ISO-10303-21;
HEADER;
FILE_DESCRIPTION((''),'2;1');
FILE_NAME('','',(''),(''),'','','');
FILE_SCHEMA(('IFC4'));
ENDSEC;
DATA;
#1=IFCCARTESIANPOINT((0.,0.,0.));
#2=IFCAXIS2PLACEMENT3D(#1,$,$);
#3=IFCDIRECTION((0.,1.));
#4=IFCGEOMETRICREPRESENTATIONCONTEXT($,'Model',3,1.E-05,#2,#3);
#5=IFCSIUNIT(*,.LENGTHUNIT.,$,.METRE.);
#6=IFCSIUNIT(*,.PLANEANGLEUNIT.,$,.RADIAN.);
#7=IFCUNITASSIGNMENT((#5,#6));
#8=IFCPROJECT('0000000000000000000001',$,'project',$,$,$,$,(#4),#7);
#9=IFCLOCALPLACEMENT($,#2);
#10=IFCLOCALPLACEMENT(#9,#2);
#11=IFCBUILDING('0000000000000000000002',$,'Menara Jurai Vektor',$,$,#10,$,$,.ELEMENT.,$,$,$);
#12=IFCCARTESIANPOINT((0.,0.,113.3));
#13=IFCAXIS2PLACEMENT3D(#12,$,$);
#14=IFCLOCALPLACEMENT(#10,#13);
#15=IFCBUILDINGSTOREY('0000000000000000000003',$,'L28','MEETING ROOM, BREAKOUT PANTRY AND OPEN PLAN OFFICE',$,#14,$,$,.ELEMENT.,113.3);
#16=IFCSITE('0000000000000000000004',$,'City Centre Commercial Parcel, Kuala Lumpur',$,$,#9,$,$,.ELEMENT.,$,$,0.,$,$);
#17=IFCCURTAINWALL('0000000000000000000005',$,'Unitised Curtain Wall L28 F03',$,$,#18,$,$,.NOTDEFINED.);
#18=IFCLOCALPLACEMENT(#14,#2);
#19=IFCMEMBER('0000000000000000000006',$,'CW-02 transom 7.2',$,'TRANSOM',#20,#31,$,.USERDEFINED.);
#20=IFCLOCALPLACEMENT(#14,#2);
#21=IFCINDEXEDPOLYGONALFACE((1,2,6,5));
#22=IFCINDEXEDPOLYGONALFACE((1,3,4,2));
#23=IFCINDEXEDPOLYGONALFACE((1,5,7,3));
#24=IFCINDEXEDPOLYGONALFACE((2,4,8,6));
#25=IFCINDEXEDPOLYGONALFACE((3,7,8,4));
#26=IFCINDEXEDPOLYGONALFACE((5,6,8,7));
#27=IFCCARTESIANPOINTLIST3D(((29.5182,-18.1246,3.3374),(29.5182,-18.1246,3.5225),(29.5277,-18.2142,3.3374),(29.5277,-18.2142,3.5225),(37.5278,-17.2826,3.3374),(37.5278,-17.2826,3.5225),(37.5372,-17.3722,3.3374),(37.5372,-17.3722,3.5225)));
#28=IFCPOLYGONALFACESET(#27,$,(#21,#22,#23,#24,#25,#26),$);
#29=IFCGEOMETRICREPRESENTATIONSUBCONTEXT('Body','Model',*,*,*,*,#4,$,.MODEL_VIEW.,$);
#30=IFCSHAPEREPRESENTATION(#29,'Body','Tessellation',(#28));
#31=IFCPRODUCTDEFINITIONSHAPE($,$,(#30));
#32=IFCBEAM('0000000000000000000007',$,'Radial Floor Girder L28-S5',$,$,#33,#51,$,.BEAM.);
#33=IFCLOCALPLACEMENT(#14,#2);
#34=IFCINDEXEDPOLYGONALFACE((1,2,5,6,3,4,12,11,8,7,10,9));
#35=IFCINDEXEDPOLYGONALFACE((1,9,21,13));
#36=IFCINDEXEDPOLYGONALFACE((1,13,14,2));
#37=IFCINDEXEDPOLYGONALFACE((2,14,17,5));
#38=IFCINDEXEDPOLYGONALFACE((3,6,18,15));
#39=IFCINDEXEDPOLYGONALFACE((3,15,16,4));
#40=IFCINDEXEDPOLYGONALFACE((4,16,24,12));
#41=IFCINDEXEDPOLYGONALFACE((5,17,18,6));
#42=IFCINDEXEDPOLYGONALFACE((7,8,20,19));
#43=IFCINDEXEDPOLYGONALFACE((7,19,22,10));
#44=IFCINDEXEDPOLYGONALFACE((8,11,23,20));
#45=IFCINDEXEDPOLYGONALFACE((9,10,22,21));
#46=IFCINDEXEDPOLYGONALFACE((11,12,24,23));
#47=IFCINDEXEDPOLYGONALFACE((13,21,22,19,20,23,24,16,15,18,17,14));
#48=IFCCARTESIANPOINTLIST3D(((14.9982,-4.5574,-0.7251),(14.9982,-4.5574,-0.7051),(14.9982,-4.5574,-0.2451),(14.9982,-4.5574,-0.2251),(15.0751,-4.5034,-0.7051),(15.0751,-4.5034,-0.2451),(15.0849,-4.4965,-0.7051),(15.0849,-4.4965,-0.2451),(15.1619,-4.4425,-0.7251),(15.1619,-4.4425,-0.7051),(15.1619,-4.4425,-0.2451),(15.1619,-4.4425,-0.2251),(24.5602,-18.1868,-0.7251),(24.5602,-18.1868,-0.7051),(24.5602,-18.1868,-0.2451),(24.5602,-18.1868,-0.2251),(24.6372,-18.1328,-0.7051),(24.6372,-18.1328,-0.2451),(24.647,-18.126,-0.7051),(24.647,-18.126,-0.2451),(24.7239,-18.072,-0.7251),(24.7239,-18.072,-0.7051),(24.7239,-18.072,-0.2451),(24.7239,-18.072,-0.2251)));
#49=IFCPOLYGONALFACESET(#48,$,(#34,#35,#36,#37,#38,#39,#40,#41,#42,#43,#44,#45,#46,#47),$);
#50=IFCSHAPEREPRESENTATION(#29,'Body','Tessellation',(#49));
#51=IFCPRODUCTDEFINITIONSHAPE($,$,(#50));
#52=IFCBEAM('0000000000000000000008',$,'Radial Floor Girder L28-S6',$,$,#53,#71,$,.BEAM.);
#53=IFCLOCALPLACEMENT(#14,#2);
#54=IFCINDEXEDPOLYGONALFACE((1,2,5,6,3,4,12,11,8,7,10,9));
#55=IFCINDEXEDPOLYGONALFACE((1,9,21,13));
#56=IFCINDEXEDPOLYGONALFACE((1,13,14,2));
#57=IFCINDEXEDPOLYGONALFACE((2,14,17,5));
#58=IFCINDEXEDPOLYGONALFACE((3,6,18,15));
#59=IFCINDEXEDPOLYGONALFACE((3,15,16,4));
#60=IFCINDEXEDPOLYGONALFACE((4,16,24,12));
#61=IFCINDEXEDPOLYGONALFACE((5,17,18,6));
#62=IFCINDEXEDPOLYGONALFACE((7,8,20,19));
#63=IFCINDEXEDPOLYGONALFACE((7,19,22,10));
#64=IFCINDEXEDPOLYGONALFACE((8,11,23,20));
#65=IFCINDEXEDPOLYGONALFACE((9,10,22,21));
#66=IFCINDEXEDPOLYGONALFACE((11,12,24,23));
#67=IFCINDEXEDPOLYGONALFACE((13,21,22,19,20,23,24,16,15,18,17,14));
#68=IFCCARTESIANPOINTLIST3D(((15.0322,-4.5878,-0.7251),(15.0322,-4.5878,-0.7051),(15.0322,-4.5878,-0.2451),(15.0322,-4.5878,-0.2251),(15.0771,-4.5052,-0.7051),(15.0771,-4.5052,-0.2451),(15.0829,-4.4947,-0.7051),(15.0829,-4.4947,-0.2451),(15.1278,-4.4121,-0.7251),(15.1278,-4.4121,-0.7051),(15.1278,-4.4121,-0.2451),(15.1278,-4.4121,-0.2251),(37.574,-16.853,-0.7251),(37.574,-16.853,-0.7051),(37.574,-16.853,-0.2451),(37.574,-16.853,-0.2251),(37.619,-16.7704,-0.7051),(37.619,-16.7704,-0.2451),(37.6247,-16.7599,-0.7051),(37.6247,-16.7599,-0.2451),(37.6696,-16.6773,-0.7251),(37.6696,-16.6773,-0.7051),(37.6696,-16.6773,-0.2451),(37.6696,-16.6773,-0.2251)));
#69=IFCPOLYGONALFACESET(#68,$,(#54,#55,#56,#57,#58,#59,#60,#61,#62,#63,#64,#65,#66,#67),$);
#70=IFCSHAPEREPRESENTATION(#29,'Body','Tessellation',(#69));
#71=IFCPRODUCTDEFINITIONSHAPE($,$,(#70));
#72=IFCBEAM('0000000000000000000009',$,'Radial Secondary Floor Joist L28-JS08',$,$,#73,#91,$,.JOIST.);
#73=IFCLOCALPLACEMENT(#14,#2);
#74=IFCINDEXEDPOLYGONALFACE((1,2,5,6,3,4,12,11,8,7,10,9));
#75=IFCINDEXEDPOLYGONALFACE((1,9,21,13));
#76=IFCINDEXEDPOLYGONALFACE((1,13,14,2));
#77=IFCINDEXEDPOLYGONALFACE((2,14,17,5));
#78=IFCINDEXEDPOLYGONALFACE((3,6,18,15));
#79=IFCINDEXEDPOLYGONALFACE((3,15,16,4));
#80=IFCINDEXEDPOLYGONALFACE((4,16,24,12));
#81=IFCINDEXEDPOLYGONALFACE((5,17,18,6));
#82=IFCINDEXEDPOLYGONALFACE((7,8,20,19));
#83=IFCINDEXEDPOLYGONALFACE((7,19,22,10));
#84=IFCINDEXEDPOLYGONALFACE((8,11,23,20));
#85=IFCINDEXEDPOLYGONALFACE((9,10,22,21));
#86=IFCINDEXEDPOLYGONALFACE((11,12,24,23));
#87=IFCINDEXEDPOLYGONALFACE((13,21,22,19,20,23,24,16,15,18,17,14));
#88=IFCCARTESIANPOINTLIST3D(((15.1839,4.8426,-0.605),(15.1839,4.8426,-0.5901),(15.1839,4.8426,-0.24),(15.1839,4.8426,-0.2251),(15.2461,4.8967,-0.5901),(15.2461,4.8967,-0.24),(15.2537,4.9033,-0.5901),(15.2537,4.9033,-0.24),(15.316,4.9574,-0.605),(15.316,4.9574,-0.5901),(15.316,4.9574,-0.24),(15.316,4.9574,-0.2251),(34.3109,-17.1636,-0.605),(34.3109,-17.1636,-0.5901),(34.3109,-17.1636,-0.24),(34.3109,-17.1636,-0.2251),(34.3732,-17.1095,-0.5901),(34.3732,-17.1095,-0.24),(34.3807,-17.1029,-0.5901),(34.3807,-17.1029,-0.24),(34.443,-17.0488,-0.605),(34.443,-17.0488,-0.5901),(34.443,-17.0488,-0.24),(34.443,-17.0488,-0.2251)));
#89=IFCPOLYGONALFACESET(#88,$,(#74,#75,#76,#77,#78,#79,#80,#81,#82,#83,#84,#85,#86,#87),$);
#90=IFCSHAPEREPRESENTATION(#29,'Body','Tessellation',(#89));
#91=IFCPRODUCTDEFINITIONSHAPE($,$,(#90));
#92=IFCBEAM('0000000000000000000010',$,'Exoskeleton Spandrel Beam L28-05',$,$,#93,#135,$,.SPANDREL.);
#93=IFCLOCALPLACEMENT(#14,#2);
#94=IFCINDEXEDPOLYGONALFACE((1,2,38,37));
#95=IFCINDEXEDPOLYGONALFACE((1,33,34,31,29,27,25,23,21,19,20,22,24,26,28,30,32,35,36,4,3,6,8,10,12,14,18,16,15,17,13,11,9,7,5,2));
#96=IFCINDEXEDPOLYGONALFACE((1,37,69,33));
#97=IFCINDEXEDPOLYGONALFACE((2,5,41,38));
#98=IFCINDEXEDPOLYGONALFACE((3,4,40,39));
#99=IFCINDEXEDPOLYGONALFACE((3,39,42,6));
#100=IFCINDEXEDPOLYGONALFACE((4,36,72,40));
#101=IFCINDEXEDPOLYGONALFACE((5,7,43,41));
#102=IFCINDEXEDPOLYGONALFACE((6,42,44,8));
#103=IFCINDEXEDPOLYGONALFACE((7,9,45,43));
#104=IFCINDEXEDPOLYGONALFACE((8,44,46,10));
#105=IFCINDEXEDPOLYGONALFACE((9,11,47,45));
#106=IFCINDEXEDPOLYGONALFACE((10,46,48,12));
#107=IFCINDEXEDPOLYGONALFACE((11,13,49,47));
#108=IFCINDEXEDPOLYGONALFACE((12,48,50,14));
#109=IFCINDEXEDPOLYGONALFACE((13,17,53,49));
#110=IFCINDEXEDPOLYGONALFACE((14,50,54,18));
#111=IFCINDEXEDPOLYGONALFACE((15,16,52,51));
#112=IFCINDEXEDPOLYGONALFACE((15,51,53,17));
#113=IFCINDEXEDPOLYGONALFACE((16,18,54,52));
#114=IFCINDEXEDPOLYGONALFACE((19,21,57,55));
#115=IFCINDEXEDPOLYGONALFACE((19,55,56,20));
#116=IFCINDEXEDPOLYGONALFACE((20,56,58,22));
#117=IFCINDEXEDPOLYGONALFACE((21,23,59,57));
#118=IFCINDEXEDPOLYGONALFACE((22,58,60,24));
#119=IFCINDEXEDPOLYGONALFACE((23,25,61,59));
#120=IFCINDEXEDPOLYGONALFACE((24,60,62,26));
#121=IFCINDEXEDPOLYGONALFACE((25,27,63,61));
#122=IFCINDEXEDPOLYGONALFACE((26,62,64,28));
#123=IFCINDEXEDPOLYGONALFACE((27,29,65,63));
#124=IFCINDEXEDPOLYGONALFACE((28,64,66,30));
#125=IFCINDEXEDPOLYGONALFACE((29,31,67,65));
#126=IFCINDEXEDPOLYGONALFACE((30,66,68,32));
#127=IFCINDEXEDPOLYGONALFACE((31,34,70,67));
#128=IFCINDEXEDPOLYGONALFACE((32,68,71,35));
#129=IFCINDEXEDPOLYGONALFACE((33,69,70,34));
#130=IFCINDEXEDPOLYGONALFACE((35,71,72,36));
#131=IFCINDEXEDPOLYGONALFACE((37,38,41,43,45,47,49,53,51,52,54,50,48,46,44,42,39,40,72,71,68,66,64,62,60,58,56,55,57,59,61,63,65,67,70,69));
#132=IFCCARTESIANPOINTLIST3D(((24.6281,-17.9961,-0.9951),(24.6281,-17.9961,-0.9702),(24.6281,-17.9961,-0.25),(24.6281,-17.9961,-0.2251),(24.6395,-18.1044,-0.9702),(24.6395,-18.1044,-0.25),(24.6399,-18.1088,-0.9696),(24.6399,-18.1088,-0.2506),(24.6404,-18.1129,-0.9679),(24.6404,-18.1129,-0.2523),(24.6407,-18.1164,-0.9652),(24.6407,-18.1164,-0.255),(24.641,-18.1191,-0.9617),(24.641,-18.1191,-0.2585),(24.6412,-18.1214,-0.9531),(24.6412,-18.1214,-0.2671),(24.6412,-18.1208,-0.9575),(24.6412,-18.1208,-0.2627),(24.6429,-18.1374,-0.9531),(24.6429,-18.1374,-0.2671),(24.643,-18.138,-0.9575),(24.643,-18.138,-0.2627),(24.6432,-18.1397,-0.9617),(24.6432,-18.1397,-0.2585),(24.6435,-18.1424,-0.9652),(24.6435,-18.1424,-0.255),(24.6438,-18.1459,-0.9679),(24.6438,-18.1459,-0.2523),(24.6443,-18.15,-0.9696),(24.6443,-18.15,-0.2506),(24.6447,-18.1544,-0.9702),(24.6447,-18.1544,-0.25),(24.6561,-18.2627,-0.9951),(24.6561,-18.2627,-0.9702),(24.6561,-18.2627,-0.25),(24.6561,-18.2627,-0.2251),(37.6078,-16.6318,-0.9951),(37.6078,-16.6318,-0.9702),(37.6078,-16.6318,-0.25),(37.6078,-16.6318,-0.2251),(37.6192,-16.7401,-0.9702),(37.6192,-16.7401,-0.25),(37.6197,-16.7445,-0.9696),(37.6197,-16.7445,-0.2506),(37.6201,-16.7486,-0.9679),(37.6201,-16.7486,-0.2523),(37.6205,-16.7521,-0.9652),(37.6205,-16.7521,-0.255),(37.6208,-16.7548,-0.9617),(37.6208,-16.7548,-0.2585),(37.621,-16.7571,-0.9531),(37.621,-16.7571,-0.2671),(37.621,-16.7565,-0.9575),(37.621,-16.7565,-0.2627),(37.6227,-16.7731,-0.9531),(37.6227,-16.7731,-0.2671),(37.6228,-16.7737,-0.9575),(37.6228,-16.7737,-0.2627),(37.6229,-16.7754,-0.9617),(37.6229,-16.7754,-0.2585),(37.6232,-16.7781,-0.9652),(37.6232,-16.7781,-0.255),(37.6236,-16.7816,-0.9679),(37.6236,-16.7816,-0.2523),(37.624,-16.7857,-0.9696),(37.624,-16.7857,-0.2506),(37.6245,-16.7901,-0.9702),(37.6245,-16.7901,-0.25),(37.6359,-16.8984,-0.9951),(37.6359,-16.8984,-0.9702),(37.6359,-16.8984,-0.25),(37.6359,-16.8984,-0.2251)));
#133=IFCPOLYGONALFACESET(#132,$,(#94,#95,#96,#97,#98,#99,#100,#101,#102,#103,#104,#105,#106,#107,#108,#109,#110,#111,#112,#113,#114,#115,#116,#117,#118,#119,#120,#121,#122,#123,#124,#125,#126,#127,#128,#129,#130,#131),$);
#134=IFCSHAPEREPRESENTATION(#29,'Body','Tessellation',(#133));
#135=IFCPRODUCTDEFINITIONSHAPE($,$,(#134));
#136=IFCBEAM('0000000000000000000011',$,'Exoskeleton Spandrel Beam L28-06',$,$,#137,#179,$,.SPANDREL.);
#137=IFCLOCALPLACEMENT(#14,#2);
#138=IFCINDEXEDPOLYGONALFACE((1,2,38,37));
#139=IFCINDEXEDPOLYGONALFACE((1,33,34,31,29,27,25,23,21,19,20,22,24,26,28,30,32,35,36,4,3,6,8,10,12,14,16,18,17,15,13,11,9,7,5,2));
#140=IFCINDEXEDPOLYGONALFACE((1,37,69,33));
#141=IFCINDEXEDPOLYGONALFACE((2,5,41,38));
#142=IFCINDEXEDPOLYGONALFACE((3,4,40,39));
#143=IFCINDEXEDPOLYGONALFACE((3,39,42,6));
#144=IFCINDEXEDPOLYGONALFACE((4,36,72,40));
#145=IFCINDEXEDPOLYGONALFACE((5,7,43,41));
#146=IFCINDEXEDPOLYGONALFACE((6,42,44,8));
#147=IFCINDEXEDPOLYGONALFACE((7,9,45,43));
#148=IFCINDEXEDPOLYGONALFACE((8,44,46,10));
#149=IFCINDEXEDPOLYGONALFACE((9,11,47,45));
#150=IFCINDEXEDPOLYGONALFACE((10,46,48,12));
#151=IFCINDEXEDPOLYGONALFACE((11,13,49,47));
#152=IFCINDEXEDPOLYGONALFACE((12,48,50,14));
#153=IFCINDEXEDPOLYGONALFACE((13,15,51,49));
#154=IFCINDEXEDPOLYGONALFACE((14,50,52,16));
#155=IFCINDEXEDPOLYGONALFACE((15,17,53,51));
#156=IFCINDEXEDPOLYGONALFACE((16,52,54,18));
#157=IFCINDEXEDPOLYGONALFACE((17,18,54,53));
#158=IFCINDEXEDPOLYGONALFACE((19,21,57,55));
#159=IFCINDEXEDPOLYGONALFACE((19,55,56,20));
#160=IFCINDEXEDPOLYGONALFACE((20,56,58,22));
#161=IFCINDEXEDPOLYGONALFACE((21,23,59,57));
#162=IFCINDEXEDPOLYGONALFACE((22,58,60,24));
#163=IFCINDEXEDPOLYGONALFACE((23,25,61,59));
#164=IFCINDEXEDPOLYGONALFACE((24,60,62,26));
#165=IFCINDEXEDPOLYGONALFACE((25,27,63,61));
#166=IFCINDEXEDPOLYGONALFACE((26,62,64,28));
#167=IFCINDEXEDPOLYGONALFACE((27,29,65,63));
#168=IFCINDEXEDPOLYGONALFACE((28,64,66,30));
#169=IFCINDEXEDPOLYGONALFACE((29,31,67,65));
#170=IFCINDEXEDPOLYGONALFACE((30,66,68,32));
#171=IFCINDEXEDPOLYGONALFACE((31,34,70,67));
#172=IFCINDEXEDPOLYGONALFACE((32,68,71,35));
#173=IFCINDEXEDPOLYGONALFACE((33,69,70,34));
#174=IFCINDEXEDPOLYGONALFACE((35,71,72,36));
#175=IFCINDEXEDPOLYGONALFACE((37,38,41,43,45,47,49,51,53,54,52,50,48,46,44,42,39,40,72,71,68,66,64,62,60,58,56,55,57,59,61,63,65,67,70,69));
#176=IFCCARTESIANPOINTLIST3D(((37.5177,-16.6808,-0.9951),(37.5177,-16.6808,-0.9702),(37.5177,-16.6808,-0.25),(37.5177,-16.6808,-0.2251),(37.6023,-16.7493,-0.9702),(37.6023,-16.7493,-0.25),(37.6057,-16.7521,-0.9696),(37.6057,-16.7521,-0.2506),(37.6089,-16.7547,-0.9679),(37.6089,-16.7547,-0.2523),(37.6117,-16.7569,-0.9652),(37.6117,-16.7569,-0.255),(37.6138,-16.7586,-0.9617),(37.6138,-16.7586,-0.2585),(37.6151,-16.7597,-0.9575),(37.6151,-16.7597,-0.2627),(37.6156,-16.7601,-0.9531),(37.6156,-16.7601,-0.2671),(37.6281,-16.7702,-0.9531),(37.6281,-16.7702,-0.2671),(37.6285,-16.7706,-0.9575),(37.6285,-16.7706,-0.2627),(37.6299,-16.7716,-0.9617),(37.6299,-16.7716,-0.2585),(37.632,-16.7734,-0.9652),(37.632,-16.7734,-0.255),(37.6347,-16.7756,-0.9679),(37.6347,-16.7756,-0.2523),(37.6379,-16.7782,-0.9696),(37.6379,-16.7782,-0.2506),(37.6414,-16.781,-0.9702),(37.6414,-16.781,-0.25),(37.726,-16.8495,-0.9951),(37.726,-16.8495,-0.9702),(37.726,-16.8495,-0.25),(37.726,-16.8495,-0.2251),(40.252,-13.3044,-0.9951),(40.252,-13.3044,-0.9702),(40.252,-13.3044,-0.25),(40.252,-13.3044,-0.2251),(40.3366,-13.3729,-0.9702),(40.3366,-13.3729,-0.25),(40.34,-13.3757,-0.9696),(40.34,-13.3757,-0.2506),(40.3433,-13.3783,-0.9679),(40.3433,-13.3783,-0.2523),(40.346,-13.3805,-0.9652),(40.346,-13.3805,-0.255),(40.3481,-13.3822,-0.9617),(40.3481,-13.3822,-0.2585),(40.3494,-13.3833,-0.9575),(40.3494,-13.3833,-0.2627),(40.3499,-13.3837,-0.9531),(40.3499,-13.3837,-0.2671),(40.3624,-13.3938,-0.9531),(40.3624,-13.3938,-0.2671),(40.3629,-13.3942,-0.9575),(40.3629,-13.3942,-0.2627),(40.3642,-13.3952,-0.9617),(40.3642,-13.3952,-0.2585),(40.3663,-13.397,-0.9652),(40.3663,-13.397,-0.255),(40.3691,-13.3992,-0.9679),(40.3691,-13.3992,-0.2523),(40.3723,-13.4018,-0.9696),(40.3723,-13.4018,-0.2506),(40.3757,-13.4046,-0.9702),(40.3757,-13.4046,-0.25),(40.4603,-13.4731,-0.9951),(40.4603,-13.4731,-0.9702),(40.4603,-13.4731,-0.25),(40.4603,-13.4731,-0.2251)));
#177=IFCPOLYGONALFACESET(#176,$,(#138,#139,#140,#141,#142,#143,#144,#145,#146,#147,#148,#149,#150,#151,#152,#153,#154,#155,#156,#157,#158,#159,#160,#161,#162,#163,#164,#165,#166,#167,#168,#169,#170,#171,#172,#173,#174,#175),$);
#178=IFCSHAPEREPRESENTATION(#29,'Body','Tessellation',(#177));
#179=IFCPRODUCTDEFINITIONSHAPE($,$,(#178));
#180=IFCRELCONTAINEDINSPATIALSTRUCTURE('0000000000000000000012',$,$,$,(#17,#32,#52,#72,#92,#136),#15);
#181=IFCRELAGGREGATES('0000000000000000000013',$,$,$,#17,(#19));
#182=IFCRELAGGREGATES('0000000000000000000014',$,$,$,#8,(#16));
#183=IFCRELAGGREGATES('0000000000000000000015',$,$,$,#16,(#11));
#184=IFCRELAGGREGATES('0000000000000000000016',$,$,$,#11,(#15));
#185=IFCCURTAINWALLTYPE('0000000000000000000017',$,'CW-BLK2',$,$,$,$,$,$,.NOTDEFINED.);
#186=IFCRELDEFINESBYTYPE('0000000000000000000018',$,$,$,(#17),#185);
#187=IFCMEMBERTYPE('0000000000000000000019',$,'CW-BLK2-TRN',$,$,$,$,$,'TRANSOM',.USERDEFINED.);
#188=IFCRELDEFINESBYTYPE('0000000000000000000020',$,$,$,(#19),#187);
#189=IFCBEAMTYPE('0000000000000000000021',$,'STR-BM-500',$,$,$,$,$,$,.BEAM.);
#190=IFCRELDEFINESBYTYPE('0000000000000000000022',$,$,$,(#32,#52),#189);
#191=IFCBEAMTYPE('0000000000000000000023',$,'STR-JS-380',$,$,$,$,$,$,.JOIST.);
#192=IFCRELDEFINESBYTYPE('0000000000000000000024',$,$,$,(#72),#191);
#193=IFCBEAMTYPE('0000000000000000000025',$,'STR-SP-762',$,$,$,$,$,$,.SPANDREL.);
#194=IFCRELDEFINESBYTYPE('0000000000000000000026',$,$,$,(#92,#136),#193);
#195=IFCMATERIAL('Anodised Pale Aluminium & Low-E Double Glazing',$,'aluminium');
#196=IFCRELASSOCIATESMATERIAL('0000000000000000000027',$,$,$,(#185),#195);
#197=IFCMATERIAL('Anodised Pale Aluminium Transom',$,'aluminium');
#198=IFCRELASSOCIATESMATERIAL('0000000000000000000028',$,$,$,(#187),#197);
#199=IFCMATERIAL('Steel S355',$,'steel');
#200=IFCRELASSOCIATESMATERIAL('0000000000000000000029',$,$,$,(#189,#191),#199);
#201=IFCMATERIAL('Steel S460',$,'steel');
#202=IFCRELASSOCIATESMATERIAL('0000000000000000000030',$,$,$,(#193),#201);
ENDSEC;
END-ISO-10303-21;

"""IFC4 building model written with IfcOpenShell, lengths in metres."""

from ifc_helpers import new_model, si_unit, direction, frame, origin, origin_2d, place, context, subcontext, project, spatial, rectangle, i_section, extrude, material, material_profile, profile_set, type_object, element, aggregate, save


model = new_model("IFC4")

# Units and contexts
model_context = context("Model", 3, precision=1e-05, world=origin(), true_north=direction((0.0, 1.0)))
body_context = subcontext(model_context, "Body", "Model", "MODEL_VIEW")
ifc_project = project(units=[si_unit("LENGTHUNIT", "METRE"), si_unit("PLANEANGLEUNIT", "RADIAN")], contexts=[model_context])

# Site, building, storey
site_placement = place(None, origin())
site = spatial("IfcSite", under=ifc_project, at=site_placement, Name="City Centre Commercial Parcel, Kuala Lumpur", CompositionType="ELEMENT", RefElevation=0.0)
building_placement = place(site_placement, origin())
building = spatial("IfcBuilding", under=site, at=building_placement, Name="Menara Jurai Vektor", CompositionType="ELEMENT")
storey_placement = place(building_placement, frame((0.0, 0.0, 113.3)))
storey = spatial("IfcBuildingStorey", under=building, at=storey_placement, Name="L28", Description="MEETING ROOM, BREAKOUT PANTRY AND OPEN PLAN OFFICE", CompositionType="ELEMENT", Elevation=113.3)

# Shared definitions
ifc_material_1 = material(Name="Steel S460", Category="steel")

# Curtain wall
ifc_material_2 = material(Name="Anodised Pale Aluminium & Low-E Double Glazing", Category="aluminium")
curtain_wall_type = type_object("IfcCurtainWallType", Name="CW-BLK2", PredefinedType="NOTDEFINED", material=ifc_material_2)
curtain_wall_1_placement = place(storey_placement, origin())
curtain_wall_1 = element("IfcCurtainWall", 1, at=curtain_wall_1_placement, inside=storey, type_object=curtain_wall_type, Name="Unitised Curtain Wall L28 F03", PredefinedType="NOTDEFINED")

# Member
ifc_material_3 = material(Name="Anodised Pale Aluminium Transom", Category="aluminium")
ifc_material_profile_1 = material_profile(ifc_material_3, rectangle(XDim=0.0901, YDim=0.1851, at=origin_2d()), Name="ALU TRN 90x185")
ifc_profile_set_1 = profile_set([ifc_material_profile_1], Name="Anodised Pale Aluminium Transom")
member_type_1 = type_object("IfcMemberType", Name="CW-BLK2-TRN", ElementType="TRANSOM", PredefinedType="USERDEFINED", material=ifc_profile_set_1)
member_1_placement = place(storey_placement, frame((29.5229, -18.1694, 3.4299), z_axis=(0.994519, 0.104554, 0.0), x_axis=(-0.104554, 0.994519, 0.0)))
member_1 = element("IfcMember", 2, at=member_1_placement, type_object=member_type_1, Name="CW-02 transom 7.2", ObjectType="TRANSOM", PredefinedType="USERDEFINED", context=body_context, shape_type="SweptSolid", body=[
    extrude(rectangle(XDim=0.0901, YDim=0.1851, at=origin_2d()), origin(), (0.0, 0.0, 1.0), 8.0537),
])

# Beams
ifc_material_4 = material(Name="Steel S355", Category="steel")
ifc_material_profile_2 = material_profile(ifc_material_4, i_section(OverallWidth=0.2, OverallDepth=0.5, WebThickness=0.012, FlangeThickness=0.02, at=origin_2d()), Name="PG 500x200x96")
ifc_profile_set_2 = profile_set([ifc_material_profile_2], Name="Steel S355")
beam_type_1 = type_object("IfcBeamType", Name="STR-BM-500", PredefinedType="BEAM", material=ifc_profile_set_2)
beam_1_placement = place(storey_placement, frame((24.6421, -18.1294, -0.4751), z_axis=(-0.574326, 0.818627, 0.0), x_axis=(-0.818627, -0.574326, 0.0)))
element("IfcBeam", 3, at=beam_1_placement, inside=storey, type_object=beam_type_1, Name="Radial Floor Girder L28-S5", PredefinedType="BEAM", context=body_context, shape_type="SweptSolid", body=[
    extrude(i_section(OverallWidth=0.2, OverallDepth=0.5, WebThickness=0.012, FlangeThickness=0.02, at=origin_2d()), origin(), (0.0, 0.0, 1.0), 16.6492),
])
beam_2_placement = place(storey_placement, frame((37.6218, -16.7651, -0.4751), z_axis=(-0.878392, 0.47794, 0.0), x_axis=(-0.47794, -0.878392, 0.0)))
element("IfcBeam", 4, at=beam_2_placement, inside=storey, type_object=beam_type_1, Name="Radial Floor Girder L28-S6", PredefinedType="BEAM", context=body_context, shape_type="SweptSolid", body=[
    extrude(i_section(OverallWidth=0.2, OverallDepth=0.5, WebThickness=0.012, FlangeThickness=0.02, at=origin_2d()), origin(), (0.0, 0.0, 1.0), 25.6626),
])
ifc_material_profile_3 = material_profile(ifc_material_4, i_section(OverallWidth=0.175, OverallDepth=0.3799, WebThickness=0.01, FlangeThickness=0.0149, at=origin_2d()), Name="PG 380x175x58")
ifc_profile_set_3 = profile_set([ifc_material_profile_3], Name="Steel S355")
beam_type_2 = type_object("IfcBeamType", Name="STR-JS-380", PredefinedType="JOIST", material=ifc_profile_set_3)
beam_3_placement = place(storey_placement, frame((34.377, -17.1062, -0.415), z_axis=(-0.656007, 0.754755, 0.0), x_axis=(-0.754755, -0.656007, 0.0)))
element("IfcBeam", 5, at=beam_3_placement, inside=storey, type_object=beam_type_2, Name="Radial Secondary Floor Joist L28-JS08", PredefinedType="JOIST", context=body_context, shape_type="SweptSolid", body=[
    extrude(i_section(OverallWidth=0.175, OverallDepth=0.3799, WebThickness=0.01, FlangeThickness=0.0149, at=origin_2d()), origin(), (0.0, 0.0, 1.0), 29.1567),
])
ifc_material_profile_4 = material_profile(ifc_material_1, i_section(OverallWidth=0.2681, OverallDepth=0.77, WebThickness=0.0161, FlangeThickness=0.0249, FilletRadius=0.0171, at=origin_2d()), Name="UKB 762x267x197")
ifc_profile_set_4 = profile_set([ifc_material_profile_4], Name="Steel S460")
beam_type_3 = type_object("IfcBeamType", Name="STR-SP-762", PredefinedType="SPANDREL", material=ifc_profile_set_4)
beam_4_placement = place(storey_placement, frame((24.6421, -18.1294, -0.6101), z_axis=(0.994522, 0.104531, 0.0), x_axis=(-0.104531, 0.994522, 0.0)))
element("IfcBeam", 6, at=beam_4_placement, inside=storey, type_object=beam_type_3, Name="Exoskeleton Spandrel Beam L28-05", PredefinedType="SPANDREL", context=body_context, shape_type="SweptSolid", body=[
    extrude(i_section(OverallWidth=0.2681, OverallDepth=0.77, WebThickness=0.0161, FlangeThickness=0.0249, FilletRadius=0.0171, at=origin_2d()), origin(), (0.0, 0.0, 1.0), 13.0513),
])
beam_5_placement = place(storey_placement, frame((37.6218, -16.7651, -0.6101), z_axis=(0.629344, 0.777127, 0.0), x_axis=(-0.777127, 0.629344, 0.0)))
element("IfcBeam", 7, at=beam_5_placement, inside=storey, type_object=beam_type_3, Name="Exoskeleton Spandrel Beam L28-06", PredefinedType="SPANDREL", context=body_context, shape_type="SweptSolid", body=[
    extrude(i_section(OverallWidth=0.2681, OverallDepth=0.77, WebThickness=0.0161, FlangeThickness=0.0249, FilletRadius=0.0171, at=origin_2d()), origin(), (0.0, 0.0, 1.0), 4.3447),
])

aggregate(curtain_wall_1, [member_1])

save(model, "model.ifc")
